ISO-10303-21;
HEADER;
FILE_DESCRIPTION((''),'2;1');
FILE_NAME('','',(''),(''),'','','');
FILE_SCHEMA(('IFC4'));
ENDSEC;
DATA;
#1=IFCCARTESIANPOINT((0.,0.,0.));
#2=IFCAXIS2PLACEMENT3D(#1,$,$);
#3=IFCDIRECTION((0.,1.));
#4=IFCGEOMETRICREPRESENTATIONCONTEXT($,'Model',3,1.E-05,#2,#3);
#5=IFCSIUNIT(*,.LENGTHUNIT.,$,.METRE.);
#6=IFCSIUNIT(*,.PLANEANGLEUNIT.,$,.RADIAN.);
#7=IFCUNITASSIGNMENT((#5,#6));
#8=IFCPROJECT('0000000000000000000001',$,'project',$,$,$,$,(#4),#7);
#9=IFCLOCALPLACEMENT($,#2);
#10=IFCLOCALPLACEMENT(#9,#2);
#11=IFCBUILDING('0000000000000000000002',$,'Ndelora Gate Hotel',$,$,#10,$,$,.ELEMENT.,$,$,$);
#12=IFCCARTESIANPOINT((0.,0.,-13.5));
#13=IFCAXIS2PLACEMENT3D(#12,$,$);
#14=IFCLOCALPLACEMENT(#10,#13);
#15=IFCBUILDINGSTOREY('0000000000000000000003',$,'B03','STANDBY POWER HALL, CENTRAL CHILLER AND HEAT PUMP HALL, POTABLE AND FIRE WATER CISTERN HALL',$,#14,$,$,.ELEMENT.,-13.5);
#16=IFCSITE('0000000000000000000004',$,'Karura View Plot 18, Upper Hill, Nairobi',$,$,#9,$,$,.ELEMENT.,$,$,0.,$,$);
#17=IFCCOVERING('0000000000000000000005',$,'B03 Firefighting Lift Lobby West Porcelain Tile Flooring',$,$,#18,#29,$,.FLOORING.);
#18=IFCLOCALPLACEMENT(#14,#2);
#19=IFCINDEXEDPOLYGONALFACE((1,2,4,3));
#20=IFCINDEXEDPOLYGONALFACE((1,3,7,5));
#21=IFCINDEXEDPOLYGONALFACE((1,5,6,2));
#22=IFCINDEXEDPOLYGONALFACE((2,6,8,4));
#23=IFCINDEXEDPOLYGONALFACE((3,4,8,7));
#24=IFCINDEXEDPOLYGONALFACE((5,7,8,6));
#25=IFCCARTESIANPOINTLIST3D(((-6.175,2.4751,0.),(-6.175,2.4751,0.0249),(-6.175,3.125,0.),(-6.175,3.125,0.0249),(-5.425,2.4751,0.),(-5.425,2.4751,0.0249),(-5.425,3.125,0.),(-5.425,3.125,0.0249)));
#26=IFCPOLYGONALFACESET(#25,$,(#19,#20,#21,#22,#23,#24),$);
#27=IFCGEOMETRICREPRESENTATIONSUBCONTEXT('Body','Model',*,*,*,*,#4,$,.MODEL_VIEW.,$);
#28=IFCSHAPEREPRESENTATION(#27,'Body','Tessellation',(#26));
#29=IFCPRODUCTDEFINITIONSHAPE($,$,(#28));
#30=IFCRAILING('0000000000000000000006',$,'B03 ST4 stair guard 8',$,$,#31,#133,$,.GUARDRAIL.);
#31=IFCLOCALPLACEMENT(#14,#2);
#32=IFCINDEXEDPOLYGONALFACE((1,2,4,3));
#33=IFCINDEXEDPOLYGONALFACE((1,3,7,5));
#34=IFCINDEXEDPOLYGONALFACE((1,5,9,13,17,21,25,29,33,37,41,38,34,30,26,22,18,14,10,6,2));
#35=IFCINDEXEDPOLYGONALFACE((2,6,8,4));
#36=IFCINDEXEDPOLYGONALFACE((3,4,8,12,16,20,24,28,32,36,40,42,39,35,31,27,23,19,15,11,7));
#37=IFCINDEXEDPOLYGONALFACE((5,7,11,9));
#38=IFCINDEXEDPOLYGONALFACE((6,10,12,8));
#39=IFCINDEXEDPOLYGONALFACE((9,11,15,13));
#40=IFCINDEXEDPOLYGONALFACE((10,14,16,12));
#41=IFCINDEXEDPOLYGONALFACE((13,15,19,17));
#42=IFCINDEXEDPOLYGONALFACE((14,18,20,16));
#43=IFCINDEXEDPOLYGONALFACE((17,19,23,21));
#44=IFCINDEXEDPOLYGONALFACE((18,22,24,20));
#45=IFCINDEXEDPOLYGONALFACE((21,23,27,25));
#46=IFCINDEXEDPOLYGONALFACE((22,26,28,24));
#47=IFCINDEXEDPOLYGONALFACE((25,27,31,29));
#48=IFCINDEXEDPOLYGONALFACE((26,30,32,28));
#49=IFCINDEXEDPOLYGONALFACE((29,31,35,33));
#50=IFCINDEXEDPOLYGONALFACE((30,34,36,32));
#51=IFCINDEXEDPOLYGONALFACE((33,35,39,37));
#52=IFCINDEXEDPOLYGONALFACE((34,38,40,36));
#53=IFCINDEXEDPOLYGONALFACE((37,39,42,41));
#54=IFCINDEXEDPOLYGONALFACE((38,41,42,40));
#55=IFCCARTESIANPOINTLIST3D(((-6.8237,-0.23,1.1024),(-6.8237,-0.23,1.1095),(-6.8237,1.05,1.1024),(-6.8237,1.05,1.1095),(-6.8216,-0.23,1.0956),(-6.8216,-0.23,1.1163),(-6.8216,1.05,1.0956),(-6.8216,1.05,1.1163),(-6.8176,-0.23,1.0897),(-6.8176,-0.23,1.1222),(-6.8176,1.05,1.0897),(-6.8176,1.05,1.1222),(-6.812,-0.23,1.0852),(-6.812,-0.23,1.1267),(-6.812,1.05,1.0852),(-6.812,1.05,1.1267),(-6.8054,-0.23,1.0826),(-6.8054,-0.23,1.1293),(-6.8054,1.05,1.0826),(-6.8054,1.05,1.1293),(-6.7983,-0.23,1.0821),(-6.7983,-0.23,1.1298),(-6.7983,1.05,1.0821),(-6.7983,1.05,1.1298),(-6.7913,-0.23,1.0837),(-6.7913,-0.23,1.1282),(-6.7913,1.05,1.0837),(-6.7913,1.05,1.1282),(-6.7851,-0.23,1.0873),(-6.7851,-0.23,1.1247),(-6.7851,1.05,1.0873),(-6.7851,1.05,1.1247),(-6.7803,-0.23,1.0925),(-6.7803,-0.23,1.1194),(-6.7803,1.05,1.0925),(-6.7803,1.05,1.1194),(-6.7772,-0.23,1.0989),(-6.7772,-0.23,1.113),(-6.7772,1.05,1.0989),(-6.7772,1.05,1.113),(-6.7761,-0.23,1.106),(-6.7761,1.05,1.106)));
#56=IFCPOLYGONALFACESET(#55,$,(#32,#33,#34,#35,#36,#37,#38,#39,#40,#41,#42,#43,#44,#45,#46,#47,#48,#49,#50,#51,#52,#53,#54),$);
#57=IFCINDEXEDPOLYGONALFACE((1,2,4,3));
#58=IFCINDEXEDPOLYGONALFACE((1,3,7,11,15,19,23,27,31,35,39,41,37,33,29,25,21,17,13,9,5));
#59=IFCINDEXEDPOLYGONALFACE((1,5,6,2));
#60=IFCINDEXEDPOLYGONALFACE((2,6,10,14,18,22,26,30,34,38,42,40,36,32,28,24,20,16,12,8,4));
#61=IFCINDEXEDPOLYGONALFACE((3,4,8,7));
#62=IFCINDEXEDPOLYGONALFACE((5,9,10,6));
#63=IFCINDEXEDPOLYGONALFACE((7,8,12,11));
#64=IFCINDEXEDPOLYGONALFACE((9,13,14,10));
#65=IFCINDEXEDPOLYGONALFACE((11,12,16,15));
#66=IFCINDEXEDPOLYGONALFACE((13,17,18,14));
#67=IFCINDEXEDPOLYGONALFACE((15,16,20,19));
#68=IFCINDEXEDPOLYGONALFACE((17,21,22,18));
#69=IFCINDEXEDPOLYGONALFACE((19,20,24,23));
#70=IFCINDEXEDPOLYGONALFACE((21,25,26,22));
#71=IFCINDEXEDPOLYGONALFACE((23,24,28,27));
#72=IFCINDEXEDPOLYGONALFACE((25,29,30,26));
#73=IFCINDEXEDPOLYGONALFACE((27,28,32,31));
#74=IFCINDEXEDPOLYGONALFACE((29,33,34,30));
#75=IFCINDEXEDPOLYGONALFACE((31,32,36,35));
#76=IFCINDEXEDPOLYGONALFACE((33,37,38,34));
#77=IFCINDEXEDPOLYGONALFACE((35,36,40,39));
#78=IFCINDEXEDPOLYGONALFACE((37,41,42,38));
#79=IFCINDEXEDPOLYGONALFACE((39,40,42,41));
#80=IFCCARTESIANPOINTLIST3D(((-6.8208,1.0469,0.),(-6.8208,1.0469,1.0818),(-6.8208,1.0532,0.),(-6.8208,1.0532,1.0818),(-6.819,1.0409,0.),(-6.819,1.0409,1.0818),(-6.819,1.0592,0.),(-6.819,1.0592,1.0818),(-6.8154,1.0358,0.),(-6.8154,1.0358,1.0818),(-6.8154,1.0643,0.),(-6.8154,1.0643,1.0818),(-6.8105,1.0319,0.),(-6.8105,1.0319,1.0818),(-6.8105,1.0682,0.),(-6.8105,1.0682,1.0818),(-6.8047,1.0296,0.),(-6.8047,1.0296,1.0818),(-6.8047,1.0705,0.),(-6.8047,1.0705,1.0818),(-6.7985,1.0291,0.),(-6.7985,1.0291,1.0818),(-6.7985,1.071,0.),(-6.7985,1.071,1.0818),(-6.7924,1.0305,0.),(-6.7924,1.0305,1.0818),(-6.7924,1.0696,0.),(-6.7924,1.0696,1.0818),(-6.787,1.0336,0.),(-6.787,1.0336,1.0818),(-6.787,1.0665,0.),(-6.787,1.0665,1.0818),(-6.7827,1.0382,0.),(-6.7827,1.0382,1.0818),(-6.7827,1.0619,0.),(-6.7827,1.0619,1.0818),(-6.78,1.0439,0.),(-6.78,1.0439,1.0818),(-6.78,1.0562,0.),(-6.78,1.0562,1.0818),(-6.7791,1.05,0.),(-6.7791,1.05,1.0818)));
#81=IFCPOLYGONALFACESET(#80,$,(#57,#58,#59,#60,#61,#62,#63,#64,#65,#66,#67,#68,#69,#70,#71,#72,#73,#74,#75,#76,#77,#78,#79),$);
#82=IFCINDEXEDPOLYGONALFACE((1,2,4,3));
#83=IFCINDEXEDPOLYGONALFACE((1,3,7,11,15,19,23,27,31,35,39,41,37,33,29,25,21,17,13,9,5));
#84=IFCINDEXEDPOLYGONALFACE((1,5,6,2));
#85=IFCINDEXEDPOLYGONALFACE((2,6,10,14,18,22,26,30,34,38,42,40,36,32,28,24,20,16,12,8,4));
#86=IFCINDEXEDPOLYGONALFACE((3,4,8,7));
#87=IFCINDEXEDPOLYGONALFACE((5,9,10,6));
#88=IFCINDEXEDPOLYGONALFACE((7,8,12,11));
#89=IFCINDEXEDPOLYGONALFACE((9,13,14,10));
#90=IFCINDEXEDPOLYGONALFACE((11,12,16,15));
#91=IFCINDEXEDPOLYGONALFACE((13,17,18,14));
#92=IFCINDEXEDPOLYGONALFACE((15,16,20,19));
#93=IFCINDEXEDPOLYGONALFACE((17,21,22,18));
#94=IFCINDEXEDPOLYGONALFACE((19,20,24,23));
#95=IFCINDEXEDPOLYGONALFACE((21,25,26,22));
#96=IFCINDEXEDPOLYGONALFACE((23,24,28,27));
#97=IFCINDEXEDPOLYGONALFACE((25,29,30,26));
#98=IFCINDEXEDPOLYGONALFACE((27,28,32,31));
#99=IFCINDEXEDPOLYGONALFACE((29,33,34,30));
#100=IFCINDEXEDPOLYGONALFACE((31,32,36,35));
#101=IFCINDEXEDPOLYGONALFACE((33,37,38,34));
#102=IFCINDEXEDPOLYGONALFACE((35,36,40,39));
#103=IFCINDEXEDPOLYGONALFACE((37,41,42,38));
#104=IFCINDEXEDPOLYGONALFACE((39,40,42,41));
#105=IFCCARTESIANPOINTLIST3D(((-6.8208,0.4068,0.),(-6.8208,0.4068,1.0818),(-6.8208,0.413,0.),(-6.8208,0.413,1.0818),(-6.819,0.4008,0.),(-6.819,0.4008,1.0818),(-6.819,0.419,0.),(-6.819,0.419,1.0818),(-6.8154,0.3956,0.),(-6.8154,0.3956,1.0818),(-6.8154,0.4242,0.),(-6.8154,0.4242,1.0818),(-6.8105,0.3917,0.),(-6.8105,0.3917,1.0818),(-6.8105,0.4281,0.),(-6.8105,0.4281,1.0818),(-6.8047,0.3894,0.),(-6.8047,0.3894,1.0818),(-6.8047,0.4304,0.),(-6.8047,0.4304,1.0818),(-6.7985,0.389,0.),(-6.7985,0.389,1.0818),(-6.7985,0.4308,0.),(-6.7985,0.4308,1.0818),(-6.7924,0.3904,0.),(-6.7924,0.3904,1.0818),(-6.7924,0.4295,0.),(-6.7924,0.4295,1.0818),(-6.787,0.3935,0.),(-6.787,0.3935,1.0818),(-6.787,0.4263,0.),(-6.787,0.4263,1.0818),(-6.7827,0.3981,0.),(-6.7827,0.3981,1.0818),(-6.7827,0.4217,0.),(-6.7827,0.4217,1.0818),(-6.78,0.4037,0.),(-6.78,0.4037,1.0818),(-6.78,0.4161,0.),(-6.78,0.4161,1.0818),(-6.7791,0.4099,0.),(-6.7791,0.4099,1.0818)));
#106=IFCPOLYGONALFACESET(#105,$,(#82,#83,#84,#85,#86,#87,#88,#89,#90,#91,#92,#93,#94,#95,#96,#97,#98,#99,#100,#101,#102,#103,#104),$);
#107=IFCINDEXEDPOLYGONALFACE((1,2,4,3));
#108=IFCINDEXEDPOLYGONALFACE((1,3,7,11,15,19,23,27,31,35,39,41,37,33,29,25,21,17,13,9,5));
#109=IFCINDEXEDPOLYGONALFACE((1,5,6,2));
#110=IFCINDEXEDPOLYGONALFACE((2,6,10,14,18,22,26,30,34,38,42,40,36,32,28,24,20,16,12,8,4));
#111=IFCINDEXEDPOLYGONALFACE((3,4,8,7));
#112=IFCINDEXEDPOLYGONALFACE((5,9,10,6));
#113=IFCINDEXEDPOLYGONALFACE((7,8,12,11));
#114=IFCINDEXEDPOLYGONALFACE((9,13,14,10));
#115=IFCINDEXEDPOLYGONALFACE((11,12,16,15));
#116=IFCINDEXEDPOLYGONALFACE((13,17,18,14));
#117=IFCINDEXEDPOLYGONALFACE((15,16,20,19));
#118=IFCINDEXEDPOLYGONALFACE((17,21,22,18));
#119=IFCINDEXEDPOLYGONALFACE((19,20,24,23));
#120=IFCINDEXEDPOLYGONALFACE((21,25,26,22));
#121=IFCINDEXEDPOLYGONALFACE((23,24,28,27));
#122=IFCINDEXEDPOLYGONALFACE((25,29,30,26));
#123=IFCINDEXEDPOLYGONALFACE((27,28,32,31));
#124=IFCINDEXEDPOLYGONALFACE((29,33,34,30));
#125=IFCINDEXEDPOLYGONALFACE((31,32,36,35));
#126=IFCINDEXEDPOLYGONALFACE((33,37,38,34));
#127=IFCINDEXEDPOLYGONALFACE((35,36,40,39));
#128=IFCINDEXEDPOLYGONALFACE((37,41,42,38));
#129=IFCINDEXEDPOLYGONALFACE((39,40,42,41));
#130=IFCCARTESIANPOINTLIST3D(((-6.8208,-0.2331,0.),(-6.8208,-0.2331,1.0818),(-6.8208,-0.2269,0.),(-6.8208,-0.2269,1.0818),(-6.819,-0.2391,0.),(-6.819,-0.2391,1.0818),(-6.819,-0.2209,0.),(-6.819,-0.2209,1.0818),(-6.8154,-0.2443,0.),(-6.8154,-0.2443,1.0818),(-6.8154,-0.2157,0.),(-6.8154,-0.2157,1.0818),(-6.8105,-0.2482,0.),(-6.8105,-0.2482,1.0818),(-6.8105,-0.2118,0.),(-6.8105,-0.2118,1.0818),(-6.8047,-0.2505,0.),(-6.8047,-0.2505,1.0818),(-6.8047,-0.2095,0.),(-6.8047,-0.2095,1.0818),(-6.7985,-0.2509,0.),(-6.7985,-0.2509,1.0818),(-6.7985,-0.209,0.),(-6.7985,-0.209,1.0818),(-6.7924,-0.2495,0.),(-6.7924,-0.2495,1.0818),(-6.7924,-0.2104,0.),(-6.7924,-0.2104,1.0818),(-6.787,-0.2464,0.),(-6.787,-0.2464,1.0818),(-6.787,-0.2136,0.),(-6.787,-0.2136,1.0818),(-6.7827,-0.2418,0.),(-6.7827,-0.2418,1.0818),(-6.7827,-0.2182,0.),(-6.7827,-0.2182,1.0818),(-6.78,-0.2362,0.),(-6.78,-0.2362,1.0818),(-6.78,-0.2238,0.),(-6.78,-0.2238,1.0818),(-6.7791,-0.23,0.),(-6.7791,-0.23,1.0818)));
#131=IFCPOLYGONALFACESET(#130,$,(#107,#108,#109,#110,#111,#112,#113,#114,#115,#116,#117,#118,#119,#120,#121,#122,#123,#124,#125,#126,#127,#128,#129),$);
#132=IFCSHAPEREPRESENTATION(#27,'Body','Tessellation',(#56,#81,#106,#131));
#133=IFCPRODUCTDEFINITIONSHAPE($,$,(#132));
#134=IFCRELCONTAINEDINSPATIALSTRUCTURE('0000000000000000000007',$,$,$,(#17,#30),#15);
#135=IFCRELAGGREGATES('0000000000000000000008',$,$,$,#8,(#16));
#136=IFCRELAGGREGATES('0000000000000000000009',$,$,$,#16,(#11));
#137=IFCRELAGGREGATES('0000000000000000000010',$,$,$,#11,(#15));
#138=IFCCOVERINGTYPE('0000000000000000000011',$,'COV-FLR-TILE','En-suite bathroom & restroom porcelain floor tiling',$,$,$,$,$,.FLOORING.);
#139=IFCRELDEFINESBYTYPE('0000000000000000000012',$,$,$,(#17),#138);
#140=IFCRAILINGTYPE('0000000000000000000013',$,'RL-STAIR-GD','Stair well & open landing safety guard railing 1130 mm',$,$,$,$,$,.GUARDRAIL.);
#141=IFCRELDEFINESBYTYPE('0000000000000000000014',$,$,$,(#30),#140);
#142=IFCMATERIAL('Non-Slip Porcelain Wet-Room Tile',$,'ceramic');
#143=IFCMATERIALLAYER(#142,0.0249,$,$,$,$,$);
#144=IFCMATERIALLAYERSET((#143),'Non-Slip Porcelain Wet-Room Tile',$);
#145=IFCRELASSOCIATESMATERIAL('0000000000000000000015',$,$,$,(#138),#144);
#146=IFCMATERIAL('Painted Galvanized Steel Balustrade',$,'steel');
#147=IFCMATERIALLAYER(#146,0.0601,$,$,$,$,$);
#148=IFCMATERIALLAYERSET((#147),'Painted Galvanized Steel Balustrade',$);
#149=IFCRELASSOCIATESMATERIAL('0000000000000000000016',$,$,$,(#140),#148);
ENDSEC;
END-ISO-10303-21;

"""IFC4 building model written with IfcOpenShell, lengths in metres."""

from ifc_helpers import new_model, si_unit, direction, frame, origin, origin_2d, place, context, subcontext, project, spatial, rectangle, circle, extrude, material, layer, layer_set, type_object, element, save


model = new_model("IFC4")

# Units and contexts
model_context = context("Model", 3, precision=1e-05, world=origin(), true_north=direction((0.0, 1.0)))
body_context = subcontext(model_context, "Body", "Model", "MODEL_VIEW")
ifc_project = project(units=[si_unit("LENGTHUNIT", "METRE"), si_unit("PLANEANGLEUNIT", "RADIAN")], contexts=[model_context])

# Site, building, storey
site_placement = place(None, origin())
site = spatial("IfcSite", under=ifc_project, at=site_placement, Name="Karura View Plot 18, Upper Hill, Nairobi", CompositionType="ELEMENT", RefElevation=0.0)
building_placement = place(site_placement, origin())
building = spatial("IfcBuilding", under=site, at=building_placement, Name="Ndelora Gate Hotel", CompositionType="ELEMENT")
storey_placement = place(building_placement, frame((0.0, 0.0, -13.5)))
storey = spatial("IfcBuildingStorey", under=building, at=storey_placement, Name="B03", Description="STANDBY POWER HALL, CENTRAL CHILLER AND HEAT PUMP HALL, POTABLE AND FIRE WATER CISTERN HALL", CompositionType="ELEMENT", Elevation=-13.5)

# Covering
ifc_material_1 = material(Name="Non-Slip Porcelain Wet-Room Tile", Category="ceramic")
ifc_layer_1 = layer(ifc_material_1, 0.0249)
ifc_layer_set_1 = layer_set([ifc_layer_1], Name="Non-Slip Porcelain Wet-Room Tile")
covering_type = type_object("IfcCoveringType", Name="COV-FLR-TILE", Description="En-suite bathroom & restroom porcelain floor tiling", PredefinedType="FLOORING", material=ifc_layer_set_1)
covering_placement = place(storey_placement, frame((-5.8, 2.8, 0.0), z_axis=(0.0, 0.0, 1.0), x_axis=(1.0, 0.0, 0.0)))
element("IfcCovering", 1, at=covering_placement, inside=storey, type_object=covering_type, Name="B03 Firefighting Lift Lobby West Porcelain Tile Flooring", PredefinedType="FLOORING", context=body_context, shape_type="SweptSolid", body=[
    extrude(rectangle(XDim=0.75, YDim=0.6499, at=origin_2d()), origin(), (0.0, 0.0, 1.0), 0.0249),
])

# Railing
ifc_material_2 = material(Name="Painted Galvanized Steel Balustrade", Category="steel")
ifc_layer_2 = layer(ifc_material_2, 0.0601)
ifc_layer_set_2 = layer_set([ifc_layer_2], Name="Painted Galvanized Steel Balustrade")
railing_type = type_object("IfcRailingType", Name="RL-STAIR-GD", Description="Stair well & open landing safety guard railing 1130 mm", PredefinedType="GUARDRAIL", material=ifc_layer_set_2)
for number, where, name in (
    (2, (-6.8, 1.05, 0.0), "B03 ST4 stair guard 8"),
):
    element("IfcRailing", number, at=place(storey_placement, frame(where)), inside=storey, type_object=railing_type, Name=name, PredefinedType="GUARDRAIL", context=body_context, shape_type="SweptSolid", body=[
        extrude(circle(Radius=0.0239, at=origin_2d()), frame((0.0, 0.0, 1.106), z_axis=(0.0, -1.0, 0.0), x_axis=(1.0, 0.0, 0.0)), (0.0, 0.0, 1.0), 1.28),
        extrude(circle(Radius=0.021, at=origin_2d()), origin(), (0.0, 0.0, 1.0), 1.0818),
        extrude(circle(Radius=0.021, at=origin_2d()), frame((0.0, -0.6401, 0.0)), (0.0, 0.0, 1.0), 1.0818),
        extrude(circle(Radius=0.021, at=origin_2d()), frame((0.0, -1.28, 0.0)), (0.0, 0.0, 1.0), 1.0818),
    ])

save(model, "model.ifc")
